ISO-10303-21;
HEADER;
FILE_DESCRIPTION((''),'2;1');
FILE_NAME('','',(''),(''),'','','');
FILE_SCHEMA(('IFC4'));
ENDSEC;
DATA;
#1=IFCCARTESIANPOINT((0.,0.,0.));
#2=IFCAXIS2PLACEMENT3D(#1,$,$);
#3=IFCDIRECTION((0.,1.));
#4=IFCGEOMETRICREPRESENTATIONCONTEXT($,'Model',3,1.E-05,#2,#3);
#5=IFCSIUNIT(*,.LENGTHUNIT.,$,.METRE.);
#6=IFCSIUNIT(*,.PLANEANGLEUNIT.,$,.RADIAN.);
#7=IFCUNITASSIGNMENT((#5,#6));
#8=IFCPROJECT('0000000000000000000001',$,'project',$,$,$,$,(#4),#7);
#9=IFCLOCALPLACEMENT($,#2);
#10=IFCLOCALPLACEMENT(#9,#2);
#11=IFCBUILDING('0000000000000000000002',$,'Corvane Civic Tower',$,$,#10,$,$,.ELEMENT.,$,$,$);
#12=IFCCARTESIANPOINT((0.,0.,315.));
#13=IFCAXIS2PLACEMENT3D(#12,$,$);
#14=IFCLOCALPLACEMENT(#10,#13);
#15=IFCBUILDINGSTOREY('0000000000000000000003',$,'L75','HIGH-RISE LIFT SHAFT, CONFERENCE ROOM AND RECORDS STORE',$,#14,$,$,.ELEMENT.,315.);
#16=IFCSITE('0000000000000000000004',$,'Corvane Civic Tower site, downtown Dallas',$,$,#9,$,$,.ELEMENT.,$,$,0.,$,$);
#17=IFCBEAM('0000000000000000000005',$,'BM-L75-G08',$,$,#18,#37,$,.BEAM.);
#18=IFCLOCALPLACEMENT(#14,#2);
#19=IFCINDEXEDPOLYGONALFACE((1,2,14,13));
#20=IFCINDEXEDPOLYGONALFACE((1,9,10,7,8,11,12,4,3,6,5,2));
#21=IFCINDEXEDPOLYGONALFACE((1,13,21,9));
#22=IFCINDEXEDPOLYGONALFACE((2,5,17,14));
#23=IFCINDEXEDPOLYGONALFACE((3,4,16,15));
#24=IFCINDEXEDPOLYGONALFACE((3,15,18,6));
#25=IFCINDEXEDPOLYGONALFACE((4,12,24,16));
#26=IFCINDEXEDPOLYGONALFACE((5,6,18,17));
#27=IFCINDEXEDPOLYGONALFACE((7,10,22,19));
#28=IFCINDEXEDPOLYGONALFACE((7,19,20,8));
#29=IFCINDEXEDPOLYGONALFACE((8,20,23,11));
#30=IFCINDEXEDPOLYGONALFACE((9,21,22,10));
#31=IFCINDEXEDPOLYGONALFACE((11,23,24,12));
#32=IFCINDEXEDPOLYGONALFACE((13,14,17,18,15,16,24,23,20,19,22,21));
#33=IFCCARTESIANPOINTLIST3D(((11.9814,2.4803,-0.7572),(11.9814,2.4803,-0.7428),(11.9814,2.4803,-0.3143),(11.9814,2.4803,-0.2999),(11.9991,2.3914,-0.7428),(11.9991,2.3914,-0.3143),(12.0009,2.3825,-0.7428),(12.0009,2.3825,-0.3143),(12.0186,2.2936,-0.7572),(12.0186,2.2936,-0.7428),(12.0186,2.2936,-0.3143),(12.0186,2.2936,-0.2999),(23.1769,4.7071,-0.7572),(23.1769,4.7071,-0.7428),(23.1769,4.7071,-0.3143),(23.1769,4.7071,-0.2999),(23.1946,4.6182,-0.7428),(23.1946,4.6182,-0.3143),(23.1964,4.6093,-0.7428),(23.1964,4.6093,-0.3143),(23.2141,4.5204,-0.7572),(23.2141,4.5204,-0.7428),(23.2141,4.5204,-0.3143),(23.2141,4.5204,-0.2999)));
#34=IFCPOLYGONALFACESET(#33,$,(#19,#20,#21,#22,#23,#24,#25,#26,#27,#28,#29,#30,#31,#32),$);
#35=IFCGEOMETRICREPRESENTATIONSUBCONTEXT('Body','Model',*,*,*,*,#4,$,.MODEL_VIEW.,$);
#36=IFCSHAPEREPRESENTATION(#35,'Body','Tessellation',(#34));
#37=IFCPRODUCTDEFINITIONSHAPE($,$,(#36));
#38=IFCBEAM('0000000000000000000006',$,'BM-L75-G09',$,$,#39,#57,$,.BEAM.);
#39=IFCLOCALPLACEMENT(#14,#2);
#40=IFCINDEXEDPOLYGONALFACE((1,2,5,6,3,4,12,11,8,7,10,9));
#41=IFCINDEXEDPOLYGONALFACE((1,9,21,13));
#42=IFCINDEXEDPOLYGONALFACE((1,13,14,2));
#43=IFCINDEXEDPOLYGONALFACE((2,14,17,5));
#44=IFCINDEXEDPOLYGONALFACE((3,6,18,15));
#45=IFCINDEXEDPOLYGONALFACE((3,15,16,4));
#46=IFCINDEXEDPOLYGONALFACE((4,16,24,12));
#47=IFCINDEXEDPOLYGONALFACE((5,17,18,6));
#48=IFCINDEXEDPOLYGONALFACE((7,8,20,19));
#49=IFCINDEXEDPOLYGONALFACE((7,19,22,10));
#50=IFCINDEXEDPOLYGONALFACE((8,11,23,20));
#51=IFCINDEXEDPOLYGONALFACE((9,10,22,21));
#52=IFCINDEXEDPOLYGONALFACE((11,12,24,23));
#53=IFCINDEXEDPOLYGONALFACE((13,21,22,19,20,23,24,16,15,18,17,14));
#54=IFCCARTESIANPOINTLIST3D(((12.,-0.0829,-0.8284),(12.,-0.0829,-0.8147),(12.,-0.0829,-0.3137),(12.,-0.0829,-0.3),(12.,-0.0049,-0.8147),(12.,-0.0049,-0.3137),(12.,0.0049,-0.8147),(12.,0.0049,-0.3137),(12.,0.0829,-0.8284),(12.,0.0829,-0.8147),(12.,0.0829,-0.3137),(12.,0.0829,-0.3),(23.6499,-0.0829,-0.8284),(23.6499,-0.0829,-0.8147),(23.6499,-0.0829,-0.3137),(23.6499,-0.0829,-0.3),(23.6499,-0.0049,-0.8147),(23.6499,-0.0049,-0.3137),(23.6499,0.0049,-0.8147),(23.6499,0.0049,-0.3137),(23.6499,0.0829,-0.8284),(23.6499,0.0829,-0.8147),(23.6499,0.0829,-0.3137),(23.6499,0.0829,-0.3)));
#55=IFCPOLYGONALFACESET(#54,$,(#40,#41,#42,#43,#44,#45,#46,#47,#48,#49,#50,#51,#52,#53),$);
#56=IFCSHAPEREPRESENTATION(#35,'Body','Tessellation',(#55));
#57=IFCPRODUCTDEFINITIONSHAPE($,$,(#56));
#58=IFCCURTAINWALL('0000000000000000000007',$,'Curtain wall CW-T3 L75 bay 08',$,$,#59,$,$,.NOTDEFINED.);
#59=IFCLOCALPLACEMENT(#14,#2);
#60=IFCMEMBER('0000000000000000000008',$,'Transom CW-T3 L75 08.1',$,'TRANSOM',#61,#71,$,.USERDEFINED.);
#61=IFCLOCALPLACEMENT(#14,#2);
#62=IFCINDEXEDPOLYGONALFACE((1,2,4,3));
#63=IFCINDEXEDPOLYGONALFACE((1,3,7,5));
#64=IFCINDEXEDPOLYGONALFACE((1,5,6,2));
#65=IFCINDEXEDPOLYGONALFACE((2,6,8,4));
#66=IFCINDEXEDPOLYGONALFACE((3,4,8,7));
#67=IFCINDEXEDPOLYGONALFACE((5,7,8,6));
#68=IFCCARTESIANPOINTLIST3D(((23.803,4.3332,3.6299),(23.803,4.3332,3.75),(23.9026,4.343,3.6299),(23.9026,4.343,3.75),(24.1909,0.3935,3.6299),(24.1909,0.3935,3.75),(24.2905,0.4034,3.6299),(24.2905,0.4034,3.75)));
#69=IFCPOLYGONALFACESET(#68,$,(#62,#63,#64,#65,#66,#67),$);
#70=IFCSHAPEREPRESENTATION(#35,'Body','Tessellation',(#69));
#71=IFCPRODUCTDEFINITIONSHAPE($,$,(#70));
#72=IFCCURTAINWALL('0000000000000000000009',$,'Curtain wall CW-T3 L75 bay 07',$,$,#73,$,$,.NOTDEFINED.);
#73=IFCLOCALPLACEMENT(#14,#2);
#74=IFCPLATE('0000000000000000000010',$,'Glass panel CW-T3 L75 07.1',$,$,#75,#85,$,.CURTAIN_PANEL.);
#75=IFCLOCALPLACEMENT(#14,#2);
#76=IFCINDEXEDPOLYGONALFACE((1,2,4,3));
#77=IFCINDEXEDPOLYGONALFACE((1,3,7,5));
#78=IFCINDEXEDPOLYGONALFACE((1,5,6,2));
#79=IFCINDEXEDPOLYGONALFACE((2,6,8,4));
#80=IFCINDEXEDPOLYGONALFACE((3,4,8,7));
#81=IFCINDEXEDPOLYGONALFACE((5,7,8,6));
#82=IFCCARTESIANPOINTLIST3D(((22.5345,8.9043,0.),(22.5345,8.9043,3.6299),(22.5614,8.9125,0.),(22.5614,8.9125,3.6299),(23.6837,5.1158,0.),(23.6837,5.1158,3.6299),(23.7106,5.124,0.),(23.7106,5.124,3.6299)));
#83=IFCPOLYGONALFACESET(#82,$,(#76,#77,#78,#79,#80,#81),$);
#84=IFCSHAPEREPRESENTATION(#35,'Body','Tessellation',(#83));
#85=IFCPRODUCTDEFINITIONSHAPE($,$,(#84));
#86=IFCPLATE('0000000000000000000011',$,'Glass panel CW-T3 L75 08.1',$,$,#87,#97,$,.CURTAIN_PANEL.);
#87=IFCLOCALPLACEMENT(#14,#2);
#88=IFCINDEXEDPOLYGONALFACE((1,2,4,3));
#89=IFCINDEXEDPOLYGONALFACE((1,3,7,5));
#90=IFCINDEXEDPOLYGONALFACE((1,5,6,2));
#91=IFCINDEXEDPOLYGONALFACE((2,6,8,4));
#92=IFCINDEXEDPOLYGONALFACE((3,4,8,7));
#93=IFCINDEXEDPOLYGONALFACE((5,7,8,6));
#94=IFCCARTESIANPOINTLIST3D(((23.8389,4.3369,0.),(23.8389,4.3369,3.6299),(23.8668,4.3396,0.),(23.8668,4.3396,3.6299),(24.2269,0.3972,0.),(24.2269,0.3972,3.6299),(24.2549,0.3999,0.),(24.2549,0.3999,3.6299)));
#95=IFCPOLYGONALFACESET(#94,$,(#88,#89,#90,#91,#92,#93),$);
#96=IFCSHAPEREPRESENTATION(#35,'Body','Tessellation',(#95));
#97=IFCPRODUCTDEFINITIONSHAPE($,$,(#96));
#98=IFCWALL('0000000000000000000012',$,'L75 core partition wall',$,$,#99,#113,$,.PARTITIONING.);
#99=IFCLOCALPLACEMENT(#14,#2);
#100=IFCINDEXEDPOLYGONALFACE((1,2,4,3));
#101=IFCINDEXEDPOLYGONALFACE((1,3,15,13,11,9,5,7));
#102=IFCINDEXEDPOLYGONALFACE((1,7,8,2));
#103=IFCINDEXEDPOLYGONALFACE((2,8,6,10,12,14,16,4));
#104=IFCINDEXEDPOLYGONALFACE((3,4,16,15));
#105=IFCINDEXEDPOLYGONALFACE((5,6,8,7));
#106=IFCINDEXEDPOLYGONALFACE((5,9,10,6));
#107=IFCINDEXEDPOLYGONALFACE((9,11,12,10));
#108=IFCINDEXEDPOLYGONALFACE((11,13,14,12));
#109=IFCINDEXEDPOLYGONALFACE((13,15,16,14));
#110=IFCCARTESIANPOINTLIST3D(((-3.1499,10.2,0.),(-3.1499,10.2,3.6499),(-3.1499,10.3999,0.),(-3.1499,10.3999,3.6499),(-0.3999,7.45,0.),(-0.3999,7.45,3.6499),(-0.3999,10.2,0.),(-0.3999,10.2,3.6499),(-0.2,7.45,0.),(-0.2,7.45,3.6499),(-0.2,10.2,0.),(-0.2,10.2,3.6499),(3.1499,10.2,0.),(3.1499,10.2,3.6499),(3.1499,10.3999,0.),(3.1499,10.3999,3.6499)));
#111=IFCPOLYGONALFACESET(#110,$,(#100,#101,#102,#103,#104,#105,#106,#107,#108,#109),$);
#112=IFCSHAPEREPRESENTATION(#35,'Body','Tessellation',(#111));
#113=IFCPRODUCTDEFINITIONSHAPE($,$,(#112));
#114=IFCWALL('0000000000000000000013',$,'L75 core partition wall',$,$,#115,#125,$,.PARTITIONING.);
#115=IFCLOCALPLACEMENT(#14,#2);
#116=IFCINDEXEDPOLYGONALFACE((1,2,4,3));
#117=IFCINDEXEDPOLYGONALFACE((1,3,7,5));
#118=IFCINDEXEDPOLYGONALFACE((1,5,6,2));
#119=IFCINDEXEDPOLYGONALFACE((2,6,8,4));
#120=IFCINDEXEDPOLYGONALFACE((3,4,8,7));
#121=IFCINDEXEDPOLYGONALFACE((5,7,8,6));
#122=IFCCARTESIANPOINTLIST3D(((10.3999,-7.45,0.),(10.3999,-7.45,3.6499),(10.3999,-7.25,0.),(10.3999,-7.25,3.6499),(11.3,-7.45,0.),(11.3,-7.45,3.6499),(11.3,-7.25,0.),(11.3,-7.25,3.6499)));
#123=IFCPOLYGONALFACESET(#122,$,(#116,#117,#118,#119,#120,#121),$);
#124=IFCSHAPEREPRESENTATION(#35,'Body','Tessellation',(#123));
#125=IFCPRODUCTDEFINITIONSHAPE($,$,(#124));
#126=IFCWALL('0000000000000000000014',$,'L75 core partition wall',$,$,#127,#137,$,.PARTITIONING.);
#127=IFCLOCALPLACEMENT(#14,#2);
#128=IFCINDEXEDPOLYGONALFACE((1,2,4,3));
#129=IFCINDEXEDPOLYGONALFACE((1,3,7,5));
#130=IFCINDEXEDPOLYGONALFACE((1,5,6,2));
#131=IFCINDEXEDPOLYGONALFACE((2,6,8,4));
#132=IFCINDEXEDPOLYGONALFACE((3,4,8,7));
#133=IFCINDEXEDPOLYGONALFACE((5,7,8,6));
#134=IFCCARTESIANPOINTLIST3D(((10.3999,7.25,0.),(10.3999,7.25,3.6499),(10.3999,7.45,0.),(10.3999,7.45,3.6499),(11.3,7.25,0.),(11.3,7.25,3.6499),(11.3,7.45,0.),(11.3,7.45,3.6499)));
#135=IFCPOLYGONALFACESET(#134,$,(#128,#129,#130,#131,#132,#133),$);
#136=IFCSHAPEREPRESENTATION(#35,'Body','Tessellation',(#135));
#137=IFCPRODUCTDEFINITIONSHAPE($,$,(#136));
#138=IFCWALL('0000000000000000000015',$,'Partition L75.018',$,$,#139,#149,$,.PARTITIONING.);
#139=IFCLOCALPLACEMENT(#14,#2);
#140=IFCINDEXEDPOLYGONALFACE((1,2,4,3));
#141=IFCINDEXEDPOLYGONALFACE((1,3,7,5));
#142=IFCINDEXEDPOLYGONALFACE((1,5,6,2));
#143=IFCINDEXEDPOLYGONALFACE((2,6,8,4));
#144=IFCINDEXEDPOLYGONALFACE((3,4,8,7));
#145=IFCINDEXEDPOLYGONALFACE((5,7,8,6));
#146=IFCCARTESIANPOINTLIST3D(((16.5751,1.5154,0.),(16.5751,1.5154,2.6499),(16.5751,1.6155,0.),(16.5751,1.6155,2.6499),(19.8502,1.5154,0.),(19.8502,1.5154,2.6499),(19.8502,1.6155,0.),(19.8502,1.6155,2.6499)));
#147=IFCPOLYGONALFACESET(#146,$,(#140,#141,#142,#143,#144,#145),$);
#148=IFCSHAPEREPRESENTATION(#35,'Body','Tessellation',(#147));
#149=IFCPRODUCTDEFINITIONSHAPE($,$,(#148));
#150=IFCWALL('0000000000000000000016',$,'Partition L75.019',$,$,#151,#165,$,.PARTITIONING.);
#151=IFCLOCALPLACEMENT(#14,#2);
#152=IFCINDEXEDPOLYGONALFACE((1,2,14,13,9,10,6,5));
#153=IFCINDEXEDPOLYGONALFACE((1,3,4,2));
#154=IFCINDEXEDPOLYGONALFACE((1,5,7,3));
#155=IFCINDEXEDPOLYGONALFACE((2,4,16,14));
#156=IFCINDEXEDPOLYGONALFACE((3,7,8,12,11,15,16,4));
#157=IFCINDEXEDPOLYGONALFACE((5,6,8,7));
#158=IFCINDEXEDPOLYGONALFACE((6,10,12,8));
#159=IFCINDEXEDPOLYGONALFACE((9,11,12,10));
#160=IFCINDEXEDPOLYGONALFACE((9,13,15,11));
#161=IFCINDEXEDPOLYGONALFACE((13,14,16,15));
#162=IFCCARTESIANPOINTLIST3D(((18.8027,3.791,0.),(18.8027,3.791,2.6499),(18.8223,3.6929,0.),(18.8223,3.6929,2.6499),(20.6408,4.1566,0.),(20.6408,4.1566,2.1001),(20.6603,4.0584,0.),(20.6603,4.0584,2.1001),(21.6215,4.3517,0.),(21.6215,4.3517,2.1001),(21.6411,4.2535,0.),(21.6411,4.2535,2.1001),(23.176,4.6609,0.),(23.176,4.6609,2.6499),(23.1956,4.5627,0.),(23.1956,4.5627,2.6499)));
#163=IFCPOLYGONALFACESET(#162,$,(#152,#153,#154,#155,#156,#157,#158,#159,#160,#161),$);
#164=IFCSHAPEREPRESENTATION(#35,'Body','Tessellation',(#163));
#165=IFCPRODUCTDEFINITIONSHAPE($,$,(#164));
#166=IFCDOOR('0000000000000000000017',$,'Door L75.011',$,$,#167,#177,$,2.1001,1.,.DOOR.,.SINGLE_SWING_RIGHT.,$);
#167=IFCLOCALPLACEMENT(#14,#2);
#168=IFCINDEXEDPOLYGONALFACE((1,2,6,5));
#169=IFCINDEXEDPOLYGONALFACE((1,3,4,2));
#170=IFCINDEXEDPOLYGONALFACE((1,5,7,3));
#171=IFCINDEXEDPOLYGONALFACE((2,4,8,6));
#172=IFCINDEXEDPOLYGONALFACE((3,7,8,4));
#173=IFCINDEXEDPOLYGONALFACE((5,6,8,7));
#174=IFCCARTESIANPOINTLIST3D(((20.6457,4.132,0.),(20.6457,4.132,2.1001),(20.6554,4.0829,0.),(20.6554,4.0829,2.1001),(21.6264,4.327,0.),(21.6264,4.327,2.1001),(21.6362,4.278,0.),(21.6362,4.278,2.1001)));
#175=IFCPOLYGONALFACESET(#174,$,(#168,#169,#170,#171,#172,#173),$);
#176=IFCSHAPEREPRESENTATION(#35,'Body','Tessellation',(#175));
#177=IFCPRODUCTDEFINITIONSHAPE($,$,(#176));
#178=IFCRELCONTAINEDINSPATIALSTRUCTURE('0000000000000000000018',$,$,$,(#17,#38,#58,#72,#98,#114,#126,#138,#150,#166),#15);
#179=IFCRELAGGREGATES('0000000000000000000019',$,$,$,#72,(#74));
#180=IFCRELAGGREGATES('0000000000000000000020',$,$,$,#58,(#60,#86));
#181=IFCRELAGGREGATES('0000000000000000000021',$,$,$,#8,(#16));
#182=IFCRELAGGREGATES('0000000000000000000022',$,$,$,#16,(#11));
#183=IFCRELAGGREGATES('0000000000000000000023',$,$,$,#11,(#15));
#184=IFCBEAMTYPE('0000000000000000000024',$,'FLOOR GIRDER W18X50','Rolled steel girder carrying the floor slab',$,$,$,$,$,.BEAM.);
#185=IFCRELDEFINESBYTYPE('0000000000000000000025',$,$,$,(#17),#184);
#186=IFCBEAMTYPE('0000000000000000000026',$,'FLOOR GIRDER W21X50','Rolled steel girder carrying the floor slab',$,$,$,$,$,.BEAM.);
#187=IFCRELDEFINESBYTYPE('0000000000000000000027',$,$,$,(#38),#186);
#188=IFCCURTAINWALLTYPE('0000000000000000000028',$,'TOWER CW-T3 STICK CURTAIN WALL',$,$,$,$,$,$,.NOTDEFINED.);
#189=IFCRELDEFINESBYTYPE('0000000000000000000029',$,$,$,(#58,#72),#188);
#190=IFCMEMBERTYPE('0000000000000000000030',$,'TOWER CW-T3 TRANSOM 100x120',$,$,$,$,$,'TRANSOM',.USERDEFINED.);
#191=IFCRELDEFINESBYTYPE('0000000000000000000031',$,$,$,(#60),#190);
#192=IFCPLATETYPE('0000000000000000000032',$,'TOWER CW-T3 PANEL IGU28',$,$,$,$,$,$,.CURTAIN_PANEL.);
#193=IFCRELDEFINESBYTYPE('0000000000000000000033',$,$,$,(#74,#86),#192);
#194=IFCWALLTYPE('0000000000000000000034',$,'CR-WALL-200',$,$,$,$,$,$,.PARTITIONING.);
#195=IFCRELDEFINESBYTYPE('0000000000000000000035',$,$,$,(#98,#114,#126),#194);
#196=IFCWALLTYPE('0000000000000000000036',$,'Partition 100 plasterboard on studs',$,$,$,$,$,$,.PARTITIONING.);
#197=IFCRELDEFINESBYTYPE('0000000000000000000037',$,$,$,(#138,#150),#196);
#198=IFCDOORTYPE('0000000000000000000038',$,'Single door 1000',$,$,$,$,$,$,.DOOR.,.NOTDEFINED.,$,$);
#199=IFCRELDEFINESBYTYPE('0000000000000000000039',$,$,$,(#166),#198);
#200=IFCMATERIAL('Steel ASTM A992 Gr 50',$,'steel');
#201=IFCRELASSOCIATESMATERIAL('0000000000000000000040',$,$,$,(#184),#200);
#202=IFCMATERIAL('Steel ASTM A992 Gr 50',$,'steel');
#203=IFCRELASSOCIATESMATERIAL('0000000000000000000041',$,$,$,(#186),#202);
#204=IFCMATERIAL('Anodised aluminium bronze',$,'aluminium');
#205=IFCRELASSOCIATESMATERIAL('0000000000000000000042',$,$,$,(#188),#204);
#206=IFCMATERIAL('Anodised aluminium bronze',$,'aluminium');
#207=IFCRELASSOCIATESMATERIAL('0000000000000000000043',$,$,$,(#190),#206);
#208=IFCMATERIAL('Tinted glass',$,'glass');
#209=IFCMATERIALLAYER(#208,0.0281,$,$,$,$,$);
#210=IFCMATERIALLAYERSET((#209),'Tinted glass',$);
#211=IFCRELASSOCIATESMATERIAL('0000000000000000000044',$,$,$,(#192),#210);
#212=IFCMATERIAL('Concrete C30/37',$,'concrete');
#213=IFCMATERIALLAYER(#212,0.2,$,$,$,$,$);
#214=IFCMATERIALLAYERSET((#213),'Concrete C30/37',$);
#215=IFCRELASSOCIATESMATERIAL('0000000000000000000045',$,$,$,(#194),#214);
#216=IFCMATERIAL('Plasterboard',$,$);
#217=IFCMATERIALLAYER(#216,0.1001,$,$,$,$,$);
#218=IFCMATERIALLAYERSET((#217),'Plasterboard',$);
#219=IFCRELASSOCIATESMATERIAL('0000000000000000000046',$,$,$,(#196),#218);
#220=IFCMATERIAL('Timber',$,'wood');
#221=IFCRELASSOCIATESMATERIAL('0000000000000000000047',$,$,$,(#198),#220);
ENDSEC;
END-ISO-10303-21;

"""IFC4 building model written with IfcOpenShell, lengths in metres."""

from ifc_helpers import new_model, si_unit, direction, frame, frame_2d, origin, origin_2d, place, context, subcontext, project, spatial, polyline, rectangle, i_section, outline, extrude, material, layer, layer_set, material_profile, profile_set, type_object, element, fill, aggregate, save


model = new_model("IFC4")

# Units and contexts
model_context = context("Model", 3, precision=1e-05, world=origin(), true_north=direction((0.0, 1.0)))
body_context = subcontext(model_context, "Body", "Model", "MODEL_VIEW")
ifc_project = project(units=[si_unit("LENGTHUNIT", "METRE"), si_unit("PLANEANGLEUNIT", "RADIAN")], contexts=[model_context])

# Site, building, storey
site_placement = place(None, origin())
site = spatial("IfcSite", under=ifc_project, at=site_placement, Name="Corvane Civic Tower site, downtown Dallas", CompositionType="ELEMENT", RefElevation=0.0)
building_placement = place(site_placement, origin())
building = spatial("IfcBuilding", under=site, at=building_placement, Name="Corvane Civic Tower", CompositionType="ELEMENT")
storey_placement = place(building_placement, frame((0.0, 0.0, 315.0)))
storey = spatial("IfcBuildingStorey", under=building, at=storey_placement, Name="L75", Description="HIGH-RISE LIFT SHAFT, CONFERENCE ROOM AND RECORDS STORE", CompositionType="ELEMENT", Elevation=315.0)

# Beams
ifc_material_1 = material(Name="Steel ASTM A992 Gr 50", Category="steel")
ifc_material_profile_1 = material_profile(ifc_material_1, i_section(OverallWidth=0.1904, OverallDepth=0.4573, WebThickness=0.009, FlangeThickness=0.0144, at=origin_2d()), Name="W18X50")
ifc_profile_set_1 = profile_set([ifc_material_profile_1], Name="Steel ASTM A992 Gr 50")
beam_type_1 = type_object("IfcBeamType", Name="FLOOR GIRDER W18X50", Description="Rolled steel girder carrying the floor slab", PredefinedType="BEAM", material=ifc_profile_set_1)
beam_1_placement = place(storey_placement, frame((12.0, 2.387, -0.5286), z_axis=(0.980787, 0.19508, 0.0), x_axis=(-0.19508, 0.980787, 0.0)))
element("IfcBeam", 1, at=beam_1_placement, inside=storey, type_object=beam_type_1, Name="BM-L75-G08", PredefinedType="BEAM", context=body_context, shape_type="SweptSolid", body=[
    extrude(i_section(OverallWidth=0.1904, OverallDepth=0.4573, WebThickness=0.009, FlangeThickness=0.0144, at=origin_2d()), origin(), (0.0, 0.0, 1.0), 11.4148),
])
ifc_material_2 = material(Name="Steel ASTM A992 Gr 50", Category="steel")
ifc_material_profile_2 = material_profile(ifc_material_2, i_section(OverallWidth=0.1658, OverallDepth=0.5283, WebThickness=0.0098, FlangeThickness=0.0137, at=origin_2d()), Name="W21X50")
ifc_profile_set_2 = profile_set([ifc_material_profile_2], Name="Steel ASTM A992 Gr 50")
beam_type_2 = type_object("IfcBeamType", Name="FLOOR GIRDER W21X50", Description="Rolled steel girder carrying the floor slab", PredefinedType="BEAM", material=ifc_profile_set_2)
beam_2_placement = place(storey_placement, frame((12.0, 0.0, -0.5642), z_axis=(1.0, 0.0, 0.0), x_axis=(0.0, 1.0, 0.0)))
element("IfcBeam", 2, at=beam_2_placement, inside=storey, type_object=beam_type_2, Name="BM-L75-G09", PredefinedType="BEAM", context=body_context, shape_type="SweptSolid", body=[
    extrude(i_section(OverallWidth=0.1658, OverallDepth=0.5283, WebThickness=0.0098, FlangeThickness=0.0137, at=origin_2d()), origin(), (0.0, 0.0, 1.0), 11.6499),
])

# Curtain wall, member
ifc_material_3 = material(Name="Anodised aluminium bronze", Category="aluminium")
curtain_wall_type = type_object("IfcCurtainWallType", Name="TOWER CW-T3 STICK CURTAIN WALL", PredefinedType="NOTDEFINED", material=ifc_material_3)
curtain_wall_1_placement = place(storey_placement, origin())
curtain_wall_1 = element("IfcCurtainWall", 3, at=curtain_wall_1_placement, inside=storey, type_object=curtain_wall_type, Name="Curtain wall CW-T3 L75 bay 08", PredefinedType="NOTDEFINED")
ifc_material_4 = material(Name="Anodised aluminium bronze", Category="aluminium")
ifc_material_profile_3 = material_profile(ifc_material_4, rectangle(XDim=0.1001, YDim=0.1201, at=origin_2d()), Name="TOWER CW-T3 TRANSOM 100x120")
ifc_profile_set_3 = profile_set([ifc_material_profile_3], Name="Anodised aluminium bronze")
member_type = type_object("IfcMemberType", Name="TOWER CW-T3 TRANSOM 100x120", ElementType="TRANSOM", PredefinedType="USERDEFINED", material=ifc_profile_set_3)
member_placement = place(storey_placement, frame((23.8528, 4.3381, 3.6899), z_axis=(0.097995, -0.995187, 0.0), x_axis=(0.995187, 0.097995, 0.0)))
member = element("IfcMember", 4, at=member_placement, type_object=member_type, Name="Transom CW-T3 L75 08.1", ObjectType="TRANSOM", PredefinedType="USERDEFINED", context=body_context, shape_type="SweptSolid", body=[
    extrude(rectangle(XDim=0.1001, YDim=0.1201, at=origin_2d()), origin(), (0.0, 0.0, 1.0), 3.9587),
])

# Curtain wall, plate
curtain_wall_2_placement = place(storey_placement, origin())
curtain_wall_2 = element("IfcCurtainWall", 5, at=curtain_wall_2_placement, inside=storey, type_object=curtain_wall_type, Name="Curtain wall CW-T3 L75 bay 07", PredefinedType="NOTDEFINED")
ifc_material_5 = material(Name="Tinted glass", Category="glass")
ifc_layer_1 = layer(ifc_material_5, 0.0281)
ifc_layer_set_1 = layer_set([ifc_layer_1], Name="Tinted glass")
plate_type = type_object("IfcPlateType", Name="TOWER CW-T3 PANEL IGU28", PredefinedType="CURTAIN_PANEL", material=ifc_layer_set_1)
plate_1_placement = place(storey_placement, frame((23.1226, 7.0142, 0.0), z_axis=(0.0, 0.0, 1.0), x_axis=(0.290274, -0.956944, 0.0)))
plate_1 = element("IfcPlate", 6, at=plate_1_placement, type_object=plate_type, Name="Glass panel CW-T3 L75 07.1", PredefinedType="CURTAIN_PANEL", context=body_context, shape_type="SweptSolid", body=[
    extrude(rectangle(XDim=3.959, YDim=0.0281, at=origin_2d()), origin(), (0.0, 0.0, 1.0), 3.6299),
])
aggregate(curtain_wall_2, [plate_1])

# Plate
plate_2_placement = place(storey_placement, frame((24.0469, 2.3684, 0.0), z_axis=(0.0, 0.0, 1.0), x_axis=(0.098021, -0.995184, 0.0)))
plate_2 = element("IfcPlate", 7, at=plate_2_placement, type_object=plate_type, Name="Glass panel CW-T3 L75 08.1", PredefinedType="CURTAIN_PANEL", context=body_context, shape_type="SweptSolid", body=[
    extrude(rectangle(XDim=3.9587, YDim=0.0281, at=origin_2d()), origin(), (0.0, 0.0, 1.0), 3.6299),
])
aggregate(curtain_wall_1, [member, plate_2])

# Walls
ifc_material_6 = material(Name="Concrete C30/37", Category="concrete")
ifc_layer_2 = layer(ifc_material_6, 0.2)
ifc_layer_set_2 = layer_set([ifc_layer_2], Name="Concrete C30/37")
wall_type_1 = type_object("IfcWallType", Name="CR-WALL-200", PredefinedType="PARTITIONING", material=ifc_layer_set_2)
wall_1_placement = place(storey_placement, origin())
element("IfcWall", 8, at=wall_1_placement, inside=storey, type_object=wall_type_1, Name="L75 core partition wall", PredefinedType="PARTITIONING", context=body_context, shape_type="SweptSolid", body=[
    extrude(outline(polyline([(3.1499, 10.3999), (3.1499, 10.2), (-0.2, 10.2), (-0.2, 7.45), (-0.3999, 7.45), (-0.3999, 10.2), (-3.1499, 10.2), (-3.1499, 10.3999), (3.1499, 10.3999)])), origin(), (0.0, 0.0, 1.0), 3.6499),
])
wall_2_placement = place(storey_placement, origin())
element("IfcWall", 9, at=wall_2_placement, inside=storey, type_object=wall_type_1, Name="L75 core partition wall", PredefinedType="PARTITIONING", context=body_context, shape_type="SweptSolid", body=[
    extrude(outline(polyline([(11.3, -7.45), (10.3999, -7.45), (10.3999, -7.25), (11.3, -7.25), (11.3, -7.45)])), origin(), (0.0, 0.0, 1.0), 3.6499),
])
wall_3_placement = place(storey_placement, origin())
element("IfcWall", 10, at=wall_3_placement, inside=storey, type_object=wall_type_1, Name="L75 core partition wall", PredefinedType="PARTITIONING", context=body_context, shape_type="SweptSolid", body=[
    extrude(outline(polyline([(10.3999, 7.25), (10.3999, 7.45), (11.3, 7.45), (11.3, 7.25), (10.3999, 7.25)])), origin(), (0.0, 0.0, 1.0), 3.6499),
])
ifc_material_7 = material(Name="Plasterboard")
ifc_layer_3 = layer(ifc_material_7, 0.1001)
ifc_layer_set_3 = layer_set([ifc_layer_3], Name="Plasterboard")
wall_type_2 = type_object("IfcWallType", Name="Partition 100 plasterboard on studs", PredefinedType="PARTITIONING", material=ifc_layer_set_3)
wall_4_placement = place(storey_placement, frame((16.575, 1.5654, 0.0), z_axis=(0.0, 0.0, 1.0), x_axis=(1.0, 0.0, 0.0)))
element("IfcWall", 11, at=wall_4_placement, inside=storey, type_object=wall_type_2, Name="Partition L75.018", PredefinedType="PARTITIONING", context=body_context, shape_type="SweptSolid", body=[
    extrude(rectangle(XDim=3.2751, YDim=0.1001, at=frame_2d((1.6377, 0.0))), origin(), (0.0, 0.0, 1.0), 2.6499),
])

# Wall, opening, door
wall_5_placement = place(storey_placement, frame((18.8125, 3.7419, 0.0), z_axis=(0.0, 0.0, 1.0), x_axis=(0.980787, 0.195084, 0.0)))
wall_5 = element("IfcWall", 12, at=wall_5_placement, inside=storey, type_object=wall_type_2, Name="Partition L75.019", PredefinedType="PARTITIONING", context=body_context, shape_type="SweptSolid", body=[
    extrude(rectangle(XDim=4.459, YDim=0.1001, at=frame_2d((2.2295, 0.0))), origin(), (0.0, 0.0, 1.0), 2.6499),
])
opening_1_placement = place(wall_5_placement, frame((1.874, 0.0, 0.0)))
opening_1 = element("IfcOpeningElement", 13, at=opening_1_placement, cuts=wall_5, PredefinedType="OPENING", context=body_context, shape_type="SweptSolid", body=[
    extrude(rectangle(XDim=1.0, YDim=2.1001, at=frame_2d((0.5, 1.05))), frame((0.0, 0.0601, 0.0), z_axis=(0.0, -1.0, 0.0), x_axis=(1.0, 0.0, 0.0)), (0.0, 0.0, 1.0), 0.1201),
])
ifc_material_8 = material(Name="Timber", Category="wood")
door_type_1 = type_object("IfcDoorType", Name="Single door 1000", OperationType="NOTDEFINED", PredefinedType="DOOR", material=ifc_material_8)
door_1_placement = place(opening_1_placement, origin())
door_1 = element("IfcDoor", 14, at=door_1_placement, inside=storey, type_object=door_type_1, Name="Door L75.011", OperationType="SINGLE_SWING_RIGHT", OverallHeight=2.1001, OverallWidth=1.0, PredefinedType="DOOR", context=body_context, shape_type="SweptSolid", body=[
    extrude(rectangle(XDim=1.0, YDim=2.1001, at=frame_2d((0.5, 1.05))), frame((0.0, 0.0249, 0.0), z_axis=(0.0, -1.0, 0.0), x_axis=(1.0, 0.0, 0.0)), (0.0, 0.0, 1.0), 0.05),
])
fill(opening_1, door_1)

save(model, "model.ifc")
